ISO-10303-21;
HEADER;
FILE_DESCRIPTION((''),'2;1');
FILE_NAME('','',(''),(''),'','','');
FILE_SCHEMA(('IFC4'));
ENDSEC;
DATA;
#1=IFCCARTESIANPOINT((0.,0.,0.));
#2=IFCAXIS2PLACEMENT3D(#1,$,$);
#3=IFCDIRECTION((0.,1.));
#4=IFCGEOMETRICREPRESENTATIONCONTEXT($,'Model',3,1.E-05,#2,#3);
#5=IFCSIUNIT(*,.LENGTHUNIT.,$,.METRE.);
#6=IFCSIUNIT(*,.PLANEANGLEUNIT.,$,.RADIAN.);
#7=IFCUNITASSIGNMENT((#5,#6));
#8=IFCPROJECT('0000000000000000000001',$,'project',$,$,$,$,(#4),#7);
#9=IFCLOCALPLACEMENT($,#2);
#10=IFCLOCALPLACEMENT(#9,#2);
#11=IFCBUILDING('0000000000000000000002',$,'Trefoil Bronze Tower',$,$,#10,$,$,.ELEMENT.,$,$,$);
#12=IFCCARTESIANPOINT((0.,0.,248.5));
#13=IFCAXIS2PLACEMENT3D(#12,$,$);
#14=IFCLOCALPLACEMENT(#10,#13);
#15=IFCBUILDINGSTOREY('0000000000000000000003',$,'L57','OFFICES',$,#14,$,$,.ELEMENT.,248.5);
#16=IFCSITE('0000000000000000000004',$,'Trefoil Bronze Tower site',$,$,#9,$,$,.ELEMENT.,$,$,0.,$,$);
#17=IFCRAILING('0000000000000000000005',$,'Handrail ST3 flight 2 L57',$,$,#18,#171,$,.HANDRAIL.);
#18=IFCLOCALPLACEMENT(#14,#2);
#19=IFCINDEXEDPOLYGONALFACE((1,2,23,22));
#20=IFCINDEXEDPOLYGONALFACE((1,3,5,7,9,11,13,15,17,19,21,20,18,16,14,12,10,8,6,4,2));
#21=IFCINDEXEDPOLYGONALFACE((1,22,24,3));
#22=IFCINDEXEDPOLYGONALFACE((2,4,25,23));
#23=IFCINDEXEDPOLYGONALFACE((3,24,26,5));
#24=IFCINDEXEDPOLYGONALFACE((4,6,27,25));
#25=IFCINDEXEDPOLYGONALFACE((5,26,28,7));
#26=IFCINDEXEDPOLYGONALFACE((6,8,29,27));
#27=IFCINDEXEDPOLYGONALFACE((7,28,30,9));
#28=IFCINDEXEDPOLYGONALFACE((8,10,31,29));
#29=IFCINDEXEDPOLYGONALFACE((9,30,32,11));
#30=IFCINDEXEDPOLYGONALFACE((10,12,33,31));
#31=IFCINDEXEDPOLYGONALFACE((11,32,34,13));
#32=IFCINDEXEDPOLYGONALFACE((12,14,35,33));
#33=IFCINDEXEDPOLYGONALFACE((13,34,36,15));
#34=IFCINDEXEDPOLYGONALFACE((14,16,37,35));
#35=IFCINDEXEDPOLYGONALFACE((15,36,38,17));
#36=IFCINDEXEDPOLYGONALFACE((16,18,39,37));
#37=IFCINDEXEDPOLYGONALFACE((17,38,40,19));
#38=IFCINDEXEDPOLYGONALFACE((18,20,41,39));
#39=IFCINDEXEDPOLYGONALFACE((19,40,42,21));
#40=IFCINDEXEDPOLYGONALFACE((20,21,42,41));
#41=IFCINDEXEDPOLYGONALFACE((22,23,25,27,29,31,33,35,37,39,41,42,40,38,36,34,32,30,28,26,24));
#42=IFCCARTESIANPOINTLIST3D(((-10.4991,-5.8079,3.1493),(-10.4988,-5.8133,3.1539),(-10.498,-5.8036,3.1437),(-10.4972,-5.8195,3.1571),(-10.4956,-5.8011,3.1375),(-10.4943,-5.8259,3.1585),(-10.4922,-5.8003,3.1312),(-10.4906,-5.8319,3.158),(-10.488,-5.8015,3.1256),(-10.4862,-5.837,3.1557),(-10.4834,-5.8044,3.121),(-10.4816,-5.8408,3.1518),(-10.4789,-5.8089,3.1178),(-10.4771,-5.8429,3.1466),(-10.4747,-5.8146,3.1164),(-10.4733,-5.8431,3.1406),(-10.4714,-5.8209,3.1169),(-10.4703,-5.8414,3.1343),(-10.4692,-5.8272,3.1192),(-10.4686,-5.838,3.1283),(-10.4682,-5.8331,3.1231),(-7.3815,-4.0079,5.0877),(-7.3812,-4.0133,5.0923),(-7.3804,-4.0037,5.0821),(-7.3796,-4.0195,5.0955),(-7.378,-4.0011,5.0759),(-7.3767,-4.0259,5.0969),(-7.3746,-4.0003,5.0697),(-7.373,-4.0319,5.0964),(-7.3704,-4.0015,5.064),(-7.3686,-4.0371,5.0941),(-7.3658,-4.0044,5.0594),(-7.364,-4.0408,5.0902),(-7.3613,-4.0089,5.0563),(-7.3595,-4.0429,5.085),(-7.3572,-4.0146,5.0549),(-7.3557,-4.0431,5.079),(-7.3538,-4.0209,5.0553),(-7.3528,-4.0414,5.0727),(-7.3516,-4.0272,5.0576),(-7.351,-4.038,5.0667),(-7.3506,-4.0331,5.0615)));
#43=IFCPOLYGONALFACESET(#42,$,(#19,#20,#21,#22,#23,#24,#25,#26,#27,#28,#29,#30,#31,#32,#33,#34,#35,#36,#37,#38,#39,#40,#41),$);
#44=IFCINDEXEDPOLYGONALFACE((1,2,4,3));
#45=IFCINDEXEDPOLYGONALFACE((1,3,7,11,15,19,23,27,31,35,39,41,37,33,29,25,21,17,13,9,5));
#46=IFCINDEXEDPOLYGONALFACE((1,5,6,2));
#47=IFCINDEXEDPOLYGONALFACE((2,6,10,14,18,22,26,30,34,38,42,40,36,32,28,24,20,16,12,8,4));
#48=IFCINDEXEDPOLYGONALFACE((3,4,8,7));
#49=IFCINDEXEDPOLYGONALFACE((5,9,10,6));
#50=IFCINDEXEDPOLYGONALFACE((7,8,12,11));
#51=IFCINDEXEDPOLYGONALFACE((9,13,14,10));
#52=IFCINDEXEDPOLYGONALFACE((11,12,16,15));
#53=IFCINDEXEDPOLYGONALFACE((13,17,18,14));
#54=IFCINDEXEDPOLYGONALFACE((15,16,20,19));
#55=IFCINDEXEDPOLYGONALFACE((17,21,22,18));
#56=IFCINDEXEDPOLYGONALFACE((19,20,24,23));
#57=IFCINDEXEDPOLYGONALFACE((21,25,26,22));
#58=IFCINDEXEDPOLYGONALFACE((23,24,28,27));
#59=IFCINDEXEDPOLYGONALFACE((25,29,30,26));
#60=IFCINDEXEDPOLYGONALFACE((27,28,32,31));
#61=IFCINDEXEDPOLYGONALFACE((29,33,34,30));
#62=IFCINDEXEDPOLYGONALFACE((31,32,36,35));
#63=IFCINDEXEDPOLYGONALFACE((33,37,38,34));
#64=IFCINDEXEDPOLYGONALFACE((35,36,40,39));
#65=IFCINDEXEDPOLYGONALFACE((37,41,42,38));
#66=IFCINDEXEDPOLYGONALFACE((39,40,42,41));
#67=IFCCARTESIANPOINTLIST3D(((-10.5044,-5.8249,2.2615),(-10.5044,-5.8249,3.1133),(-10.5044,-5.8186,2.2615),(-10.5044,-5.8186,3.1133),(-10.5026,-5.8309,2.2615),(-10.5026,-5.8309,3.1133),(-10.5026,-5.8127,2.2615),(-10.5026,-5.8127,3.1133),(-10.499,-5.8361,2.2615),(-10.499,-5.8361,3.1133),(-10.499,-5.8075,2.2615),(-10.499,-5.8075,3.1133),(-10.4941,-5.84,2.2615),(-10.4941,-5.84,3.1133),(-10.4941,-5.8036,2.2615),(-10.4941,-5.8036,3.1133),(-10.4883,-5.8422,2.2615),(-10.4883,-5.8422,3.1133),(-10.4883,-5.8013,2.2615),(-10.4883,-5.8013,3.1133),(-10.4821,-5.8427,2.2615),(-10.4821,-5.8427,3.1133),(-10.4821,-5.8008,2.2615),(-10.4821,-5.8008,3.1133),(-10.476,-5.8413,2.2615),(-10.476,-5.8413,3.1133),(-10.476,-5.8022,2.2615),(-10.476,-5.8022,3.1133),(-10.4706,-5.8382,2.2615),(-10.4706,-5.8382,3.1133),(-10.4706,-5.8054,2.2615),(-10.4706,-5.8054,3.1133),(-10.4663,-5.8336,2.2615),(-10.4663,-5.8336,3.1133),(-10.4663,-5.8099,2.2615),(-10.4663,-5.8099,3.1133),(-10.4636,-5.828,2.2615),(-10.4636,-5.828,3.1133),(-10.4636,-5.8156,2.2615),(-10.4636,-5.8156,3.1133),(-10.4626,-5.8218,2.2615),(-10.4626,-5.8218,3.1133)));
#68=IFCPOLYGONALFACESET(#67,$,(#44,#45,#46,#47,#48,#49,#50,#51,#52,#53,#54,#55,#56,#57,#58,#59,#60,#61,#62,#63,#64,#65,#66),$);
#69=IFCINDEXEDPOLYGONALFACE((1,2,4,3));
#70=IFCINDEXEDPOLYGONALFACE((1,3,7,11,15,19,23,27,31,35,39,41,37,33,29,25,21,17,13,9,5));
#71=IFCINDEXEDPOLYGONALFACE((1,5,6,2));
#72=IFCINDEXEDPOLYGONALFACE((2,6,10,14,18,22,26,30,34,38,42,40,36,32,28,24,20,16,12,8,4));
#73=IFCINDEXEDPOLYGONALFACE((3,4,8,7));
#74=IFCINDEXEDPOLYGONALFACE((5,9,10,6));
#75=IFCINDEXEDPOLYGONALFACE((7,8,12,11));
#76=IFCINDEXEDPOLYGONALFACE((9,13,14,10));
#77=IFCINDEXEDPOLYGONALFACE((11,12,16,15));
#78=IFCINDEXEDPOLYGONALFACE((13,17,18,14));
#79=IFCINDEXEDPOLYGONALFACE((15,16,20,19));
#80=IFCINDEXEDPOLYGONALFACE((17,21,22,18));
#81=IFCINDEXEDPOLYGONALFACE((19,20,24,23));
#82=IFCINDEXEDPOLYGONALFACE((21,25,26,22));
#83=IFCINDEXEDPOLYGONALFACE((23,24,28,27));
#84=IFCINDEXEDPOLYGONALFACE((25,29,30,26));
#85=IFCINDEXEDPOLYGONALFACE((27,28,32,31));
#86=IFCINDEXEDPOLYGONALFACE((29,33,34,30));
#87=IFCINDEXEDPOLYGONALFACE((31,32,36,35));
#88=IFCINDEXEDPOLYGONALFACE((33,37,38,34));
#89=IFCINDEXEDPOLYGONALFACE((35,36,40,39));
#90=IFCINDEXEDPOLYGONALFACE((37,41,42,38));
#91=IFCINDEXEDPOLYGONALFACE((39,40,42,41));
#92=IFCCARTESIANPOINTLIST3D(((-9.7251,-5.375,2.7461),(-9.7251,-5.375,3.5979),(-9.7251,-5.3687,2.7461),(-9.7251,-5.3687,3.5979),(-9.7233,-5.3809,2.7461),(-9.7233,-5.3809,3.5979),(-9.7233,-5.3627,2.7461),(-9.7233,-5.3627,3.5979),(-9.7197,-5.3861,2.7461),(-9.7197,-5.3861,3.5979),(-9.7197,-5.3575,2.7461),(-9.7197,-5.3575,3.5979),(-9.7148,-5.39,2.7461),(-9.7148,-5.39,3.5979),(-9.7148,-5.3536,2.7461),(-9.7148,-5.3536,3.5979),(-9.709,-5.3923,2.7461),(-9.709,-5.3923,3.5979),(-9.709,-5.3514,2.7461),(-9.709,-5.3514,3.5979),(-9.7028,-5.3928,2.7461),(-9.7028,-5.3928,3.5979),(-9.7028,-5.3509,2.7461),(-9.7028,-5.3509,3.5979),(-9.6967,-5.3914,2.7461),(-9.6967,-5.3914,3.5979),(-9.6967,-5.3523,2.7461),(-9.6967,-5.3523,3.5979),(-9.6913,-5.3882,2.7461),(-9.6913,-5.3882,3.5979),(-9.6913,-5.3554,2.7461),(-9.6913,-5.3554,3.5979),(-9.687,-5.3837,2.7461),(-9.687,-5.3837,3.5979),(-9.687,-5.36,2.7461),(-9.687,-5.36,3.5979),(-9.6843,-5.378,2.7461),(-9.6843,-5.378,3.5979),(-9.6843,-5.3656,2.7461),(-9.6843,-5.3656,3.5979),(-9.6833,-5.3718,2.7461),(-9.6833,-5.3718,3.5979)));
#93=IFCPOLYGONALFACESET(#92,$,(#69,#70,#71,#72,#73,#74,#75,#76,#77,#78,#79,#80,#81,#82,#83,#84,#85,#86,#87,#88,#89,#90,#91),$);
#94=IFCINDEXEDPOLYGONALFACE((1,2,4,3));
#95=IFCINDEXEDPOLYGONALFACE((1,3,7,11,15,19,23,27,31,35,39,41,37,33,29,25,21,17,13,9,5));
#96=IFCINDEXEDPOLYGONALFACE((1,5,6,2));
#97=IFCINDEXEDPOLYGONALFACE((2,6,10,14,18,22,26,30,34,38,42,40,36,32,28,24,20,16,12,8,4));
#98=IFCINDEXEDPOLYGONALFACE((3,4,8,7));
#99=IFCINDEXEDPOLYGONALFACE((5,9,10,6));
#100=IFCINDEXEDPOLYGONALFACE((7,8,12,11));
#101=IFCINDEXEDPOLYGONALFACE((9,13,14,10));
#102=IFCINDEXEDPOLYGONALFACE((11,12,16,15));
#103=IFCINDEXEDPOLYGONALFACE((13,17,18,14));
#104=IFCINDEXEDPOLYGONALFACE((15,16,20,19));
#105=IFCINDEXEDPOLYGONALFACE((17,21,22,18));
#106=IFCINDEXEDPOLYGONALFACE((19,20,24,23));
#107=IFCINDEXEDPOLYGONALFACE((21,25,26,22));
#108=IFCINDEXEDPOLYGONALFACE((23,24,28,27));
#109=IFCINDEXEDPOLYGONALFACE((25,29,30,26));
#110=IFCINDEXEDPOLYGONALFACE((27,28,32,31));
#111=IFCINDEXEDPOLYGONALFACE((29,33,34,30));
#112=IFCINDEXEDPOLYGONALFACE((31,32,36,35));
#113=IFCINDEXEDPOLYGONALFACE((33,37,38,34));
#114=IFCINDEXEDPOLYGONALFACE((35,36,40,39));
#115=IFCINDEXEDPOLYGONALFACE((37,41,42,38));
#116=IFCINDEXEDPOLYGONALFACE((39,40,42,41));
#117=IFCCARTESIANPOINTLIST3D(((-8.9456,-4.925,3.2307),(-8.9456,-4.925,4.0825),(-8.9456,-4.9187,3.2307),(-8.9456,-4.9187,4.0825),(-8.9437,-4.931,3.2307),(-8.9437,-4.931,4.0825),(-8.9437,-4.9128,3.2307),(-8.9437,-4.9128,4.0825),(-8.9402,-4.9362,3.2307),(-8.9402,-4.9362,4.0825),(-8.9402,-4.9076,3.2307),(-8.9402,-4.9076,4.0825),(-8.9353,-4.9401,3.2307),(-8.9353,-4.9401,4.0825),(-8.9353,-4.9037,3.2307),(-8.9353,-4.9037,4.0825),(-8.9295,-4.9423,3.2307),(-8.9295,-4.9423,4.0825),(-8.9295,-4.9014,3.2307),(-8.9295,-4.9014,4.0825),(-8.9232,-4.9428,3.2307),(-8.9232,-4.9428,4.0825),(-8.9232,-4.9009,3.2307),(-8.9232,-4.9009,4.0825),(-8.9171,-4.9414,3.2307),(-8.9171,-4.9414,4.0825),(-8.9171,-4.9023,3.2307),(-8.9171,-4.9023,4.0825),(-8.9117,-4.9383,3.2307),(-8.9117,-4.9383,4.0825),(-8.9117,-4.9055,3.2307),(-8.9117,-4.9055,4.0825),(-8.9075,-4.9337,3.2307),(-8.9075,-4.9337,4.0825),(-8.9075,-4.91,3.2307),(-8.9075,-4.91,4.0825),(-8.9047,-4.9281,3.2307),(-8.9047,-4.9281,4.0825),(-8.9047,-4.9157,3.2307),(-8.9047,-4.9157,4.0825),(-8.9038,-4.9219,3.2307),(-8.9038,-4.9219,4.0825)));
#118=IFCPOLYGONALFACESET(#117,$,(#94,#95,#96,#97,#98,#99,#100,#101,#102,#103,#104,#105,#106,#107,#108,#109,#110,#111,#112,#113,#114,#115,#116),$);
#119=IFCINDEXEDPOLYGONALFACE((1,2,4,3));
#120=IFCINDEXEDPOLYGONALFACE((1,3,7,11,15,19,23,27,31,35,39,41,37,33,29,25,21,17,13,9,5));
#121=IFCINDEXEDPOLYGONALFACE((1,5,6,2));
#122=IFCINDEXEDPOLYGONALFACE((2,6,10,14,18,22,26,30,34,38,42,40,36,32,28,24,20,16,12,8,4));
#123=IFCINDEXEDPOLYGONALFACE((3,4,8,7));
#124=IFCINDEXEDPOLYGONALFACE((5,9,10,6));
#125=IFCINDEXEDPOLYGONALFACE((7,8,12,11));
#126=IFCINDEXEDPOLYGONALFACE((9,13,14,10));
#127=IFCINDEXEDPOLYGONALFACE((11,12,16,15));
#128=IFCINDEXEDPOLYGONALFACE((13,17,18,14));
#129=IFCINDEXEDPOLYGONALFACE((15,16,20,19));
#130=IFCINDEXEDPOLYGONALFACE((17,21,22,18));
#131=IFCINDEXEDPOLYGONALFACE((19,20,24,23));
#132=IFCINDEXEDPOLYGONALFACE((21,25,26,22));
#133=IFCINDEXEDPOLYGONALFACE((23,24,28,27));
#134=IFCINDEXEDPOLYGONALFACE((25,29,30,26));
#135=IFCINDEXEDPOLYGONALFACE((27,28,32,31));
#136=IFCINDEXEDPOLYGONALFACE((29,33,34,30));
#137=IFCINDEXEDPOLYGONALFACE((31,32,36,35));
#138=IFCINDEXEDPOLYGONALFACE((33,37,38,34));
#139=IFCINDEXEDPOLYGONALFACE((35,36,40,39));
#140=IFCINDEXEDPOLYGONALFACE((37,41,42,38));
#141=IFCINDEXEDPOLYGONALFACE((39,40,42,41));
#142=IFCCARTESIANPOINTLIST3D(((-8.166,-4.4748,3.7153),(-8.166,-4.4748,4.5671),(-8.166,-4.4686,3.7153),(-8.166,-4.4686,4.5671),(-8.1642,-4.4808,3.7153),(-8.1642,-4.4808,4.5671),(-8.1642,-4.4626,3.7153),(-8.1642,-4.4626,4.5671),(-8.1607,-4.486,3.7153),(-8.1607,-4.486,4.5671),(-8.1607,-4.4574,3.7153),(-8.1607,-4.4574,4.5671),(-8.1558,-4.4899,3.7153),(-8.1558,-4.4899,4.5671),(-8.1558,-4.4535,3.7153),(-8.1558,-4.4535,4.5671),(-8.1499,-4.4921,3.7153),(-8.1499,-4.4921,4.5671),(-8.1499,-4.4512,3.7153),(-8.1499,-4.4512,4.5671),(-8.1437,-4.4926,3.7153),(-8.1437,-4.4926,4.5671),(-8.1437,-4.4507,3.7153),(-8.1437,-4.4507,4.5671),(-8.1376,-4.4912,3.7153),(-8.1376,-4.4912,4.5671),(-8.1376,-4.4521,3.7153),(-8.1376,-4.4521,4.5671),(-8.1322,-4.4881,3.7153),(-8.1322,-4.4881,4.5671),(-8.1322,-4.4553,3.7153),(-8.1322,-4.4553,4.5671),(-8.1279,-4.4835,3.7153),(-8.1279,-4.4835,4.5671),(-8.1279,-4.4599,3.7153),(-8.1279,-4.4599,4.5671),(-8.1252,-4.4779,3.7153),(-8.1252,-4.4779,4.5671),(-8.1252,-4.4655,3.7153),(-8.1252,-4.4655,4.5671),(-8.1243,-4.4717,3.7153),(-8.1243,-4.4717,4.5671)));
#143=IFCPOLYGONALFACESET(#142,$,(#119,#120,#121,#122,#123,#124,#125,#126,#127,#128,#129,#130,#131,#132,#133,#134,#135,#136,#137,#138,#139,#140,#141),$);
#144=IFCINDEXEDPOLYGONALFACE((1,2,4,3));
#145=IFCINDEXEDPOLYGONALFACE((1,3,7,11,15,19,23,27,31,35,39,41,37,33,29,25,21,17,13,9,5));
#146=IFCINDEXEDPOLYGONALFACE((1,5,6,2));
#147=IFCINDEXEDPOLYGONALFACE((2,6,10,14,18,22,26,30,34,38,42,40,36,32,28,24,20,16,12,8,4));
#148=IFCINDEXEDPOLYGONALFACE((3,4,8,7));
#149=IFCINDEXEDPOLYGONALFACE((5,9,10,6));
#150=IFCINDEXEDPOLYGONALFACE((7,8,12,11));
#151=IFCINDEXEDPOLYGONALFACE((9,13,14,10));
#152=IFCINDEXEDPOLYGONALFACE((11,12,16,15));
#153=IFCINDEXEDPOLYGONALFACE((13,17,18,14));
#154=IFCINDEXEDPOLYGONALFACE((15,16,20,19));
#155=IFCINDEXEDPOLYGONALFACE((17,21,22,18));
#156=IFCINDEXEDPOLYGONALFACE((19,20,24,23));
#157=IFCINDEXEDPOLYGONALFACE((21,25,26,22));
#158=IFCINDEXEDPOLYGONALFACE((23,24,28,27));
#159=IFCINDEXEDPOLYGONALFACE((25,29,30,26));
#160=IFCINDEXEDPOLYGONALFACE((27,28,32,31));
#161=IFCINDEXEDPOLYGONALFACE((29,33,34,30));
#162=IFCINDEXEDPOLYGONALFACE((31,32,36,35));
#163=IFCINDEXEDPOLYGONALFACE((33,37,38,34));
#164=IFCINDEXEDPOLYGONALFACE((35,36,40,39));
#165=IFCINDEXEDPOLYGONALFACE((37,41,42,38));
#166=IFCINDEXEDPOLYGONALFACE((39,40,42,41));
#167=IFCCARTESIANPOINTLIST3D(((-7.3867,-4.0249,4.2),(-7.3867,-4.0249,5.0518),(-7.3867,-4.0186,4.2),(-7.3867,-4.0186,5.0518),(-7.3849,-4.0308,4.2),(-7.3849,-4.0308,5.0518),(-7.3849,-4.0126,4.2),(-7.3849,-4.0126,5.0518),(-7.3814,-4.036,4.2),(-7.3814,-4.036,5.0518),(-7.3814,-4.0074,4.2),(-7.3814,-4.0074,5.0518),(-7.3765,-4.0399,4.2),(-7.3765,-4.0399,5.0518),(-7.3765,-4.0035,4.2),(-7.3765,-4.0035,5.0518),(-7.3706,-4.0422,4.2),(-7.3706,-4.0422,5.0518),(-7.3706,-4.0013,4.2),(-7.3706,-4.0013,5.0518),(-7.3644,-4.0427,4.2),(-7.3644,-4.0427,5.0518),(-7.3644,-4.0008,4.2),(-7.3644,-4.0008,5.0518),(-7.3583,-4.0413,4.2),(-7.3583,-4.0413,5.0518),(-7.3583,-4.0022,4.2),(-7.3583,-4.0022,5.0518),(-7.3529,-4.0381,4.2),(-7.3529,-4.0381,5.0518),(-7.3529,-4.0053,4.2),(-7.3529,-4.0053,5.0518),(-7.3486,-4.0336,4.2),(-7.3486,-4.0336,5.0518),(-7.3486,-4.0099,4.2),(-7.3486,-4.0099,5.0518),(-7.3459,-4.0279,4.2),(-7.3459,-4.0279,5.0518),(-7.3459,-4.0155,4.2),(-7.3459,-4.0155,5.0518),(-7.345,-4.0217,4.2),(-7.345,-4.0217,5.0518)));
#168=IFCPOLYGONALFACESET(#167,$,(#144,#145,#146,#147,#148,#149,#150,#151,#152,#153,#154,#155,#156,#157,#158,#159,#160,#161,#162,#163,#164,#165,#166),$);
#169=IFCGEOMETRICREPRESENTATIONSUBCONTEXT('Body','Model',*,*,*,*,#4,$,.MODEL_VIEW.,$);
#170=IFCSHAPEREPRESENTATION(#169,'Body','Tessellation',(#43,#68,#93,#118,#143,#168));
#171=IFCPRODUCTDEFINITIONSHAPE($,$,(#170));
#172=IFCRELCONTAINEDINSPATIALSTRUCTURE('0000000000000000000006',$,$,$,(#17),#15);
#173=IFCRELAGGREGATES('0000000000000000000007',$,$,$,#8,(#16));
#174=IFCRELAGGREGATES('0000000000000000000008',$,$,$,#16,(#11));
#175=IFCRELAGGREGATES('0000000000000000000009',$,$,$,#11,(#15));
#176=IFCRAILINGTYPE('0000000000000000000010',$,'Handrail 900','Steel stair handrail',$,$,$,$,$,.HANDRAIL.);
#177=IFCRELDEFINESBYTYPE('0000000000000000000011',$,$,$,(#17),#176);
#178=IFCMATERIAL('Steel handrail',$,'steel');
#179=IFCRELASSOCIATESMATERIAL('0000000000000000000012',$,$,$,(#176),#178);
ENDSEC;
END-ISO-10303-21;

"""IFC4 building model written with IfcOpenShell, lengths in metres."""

from ifc_helpers import new_model, si_unit, direction, frame, origin, origin_2d, place, context, subcontext, project, spatial, circle, extrude, material, type_object, element, save


model = new_model("IFC4")

# Units and contexts
model_context = context("Model", 3, precision=1e-05, world=origin(), true_north=direction((0.0, 1.0)))
body_context = subcontext(model_context, "Body", "Model", "MODEL_VIEW")
ifc_project = project(units=[si_unit("LENGTHUNIT", "METRE"), si_unit("PLANEANGLEUNIT", "RADIAN")], contexts=[model_context])

# Site, building, storey
site_placement = place(None, origin())
site = spatial("IfcSite", under=ifc_project, at=site_placement, Name="Trefoil Bronze Tower site", CompositionType="ELEMENT", RefElevation=0.0)
building_placement = place(site_placement, origin())
building = spatial("IfcBuilding", under=site, at=building_placement, Name="Trefoil Bronze Tower", CompositionType="ELEMENT")
storey_placement = place(building_placement, frame((0.0, 0.0, 248.5)))
storey = spatial("IfcBuildingStorey", under=building, at=storey_placement, Name="L57", Description="OFFICES", CompositionType="ELEMENT", Elevation=248.5)

# Railing
ifc_material_1 = material(Name="Steel handrail", Category="steel")
railing_type = type_object("IfcRailingType", Name="Handrail 900", Description="Steel stair handrail", PredefinedType="HANDRAIL", material=ifc_material_1)
railing_placement = place(storey_placement, frame((-10.4836, -5.8218, 2.2615)))
element("IfcRailing", 1, at=railing_placement, inside=storey, type_object=railing_type, Name="Handrail ST3 flight 2 L57", PredefinedType="HANDRAIL", context=body_context, shape_type="SweptSolid", body=[
    extrude(circle(Radius=0.0239, at=origin_2d()), frame((0.0, 0.0, 0.876), z_axis=(0.762503, 0.440246, 0.474102), x_axis=(-0.500012, 0.866018, 0.0)), (0.0, 0.0, 1.0), 4.0886),
    extrude(circle(Radius=0.021, at=origin_2d()), origin(), (0.0, 0.0, 1.0), 0.8518),
    extrude(circle(Radius=0.021, at=origin_2d()), frame((0.7793, 0.45, 0.4846)), (0.0, 0.0, 1.0), 0.8518),
    extrude(circle(Radius=0.021, at=origin_2d()), frame((1.5588, 0.8999, 0.9692)), (0.0, 0.0, 1.0), 0.8518),
    extrude(circle(Radius=0.021, at=origin_2d()), frame((2.3384, 1.3501, 1.4539)), (0.0, 0.0, 1.0), 0.8518),
    extrude(circle(Radius=0.021, at=origin_2d()), frame((3.1177, 1.8, 1.9385)), (0.0, 0.0, 1.0), 0.8518),
])

save(model, "model.ifc")
